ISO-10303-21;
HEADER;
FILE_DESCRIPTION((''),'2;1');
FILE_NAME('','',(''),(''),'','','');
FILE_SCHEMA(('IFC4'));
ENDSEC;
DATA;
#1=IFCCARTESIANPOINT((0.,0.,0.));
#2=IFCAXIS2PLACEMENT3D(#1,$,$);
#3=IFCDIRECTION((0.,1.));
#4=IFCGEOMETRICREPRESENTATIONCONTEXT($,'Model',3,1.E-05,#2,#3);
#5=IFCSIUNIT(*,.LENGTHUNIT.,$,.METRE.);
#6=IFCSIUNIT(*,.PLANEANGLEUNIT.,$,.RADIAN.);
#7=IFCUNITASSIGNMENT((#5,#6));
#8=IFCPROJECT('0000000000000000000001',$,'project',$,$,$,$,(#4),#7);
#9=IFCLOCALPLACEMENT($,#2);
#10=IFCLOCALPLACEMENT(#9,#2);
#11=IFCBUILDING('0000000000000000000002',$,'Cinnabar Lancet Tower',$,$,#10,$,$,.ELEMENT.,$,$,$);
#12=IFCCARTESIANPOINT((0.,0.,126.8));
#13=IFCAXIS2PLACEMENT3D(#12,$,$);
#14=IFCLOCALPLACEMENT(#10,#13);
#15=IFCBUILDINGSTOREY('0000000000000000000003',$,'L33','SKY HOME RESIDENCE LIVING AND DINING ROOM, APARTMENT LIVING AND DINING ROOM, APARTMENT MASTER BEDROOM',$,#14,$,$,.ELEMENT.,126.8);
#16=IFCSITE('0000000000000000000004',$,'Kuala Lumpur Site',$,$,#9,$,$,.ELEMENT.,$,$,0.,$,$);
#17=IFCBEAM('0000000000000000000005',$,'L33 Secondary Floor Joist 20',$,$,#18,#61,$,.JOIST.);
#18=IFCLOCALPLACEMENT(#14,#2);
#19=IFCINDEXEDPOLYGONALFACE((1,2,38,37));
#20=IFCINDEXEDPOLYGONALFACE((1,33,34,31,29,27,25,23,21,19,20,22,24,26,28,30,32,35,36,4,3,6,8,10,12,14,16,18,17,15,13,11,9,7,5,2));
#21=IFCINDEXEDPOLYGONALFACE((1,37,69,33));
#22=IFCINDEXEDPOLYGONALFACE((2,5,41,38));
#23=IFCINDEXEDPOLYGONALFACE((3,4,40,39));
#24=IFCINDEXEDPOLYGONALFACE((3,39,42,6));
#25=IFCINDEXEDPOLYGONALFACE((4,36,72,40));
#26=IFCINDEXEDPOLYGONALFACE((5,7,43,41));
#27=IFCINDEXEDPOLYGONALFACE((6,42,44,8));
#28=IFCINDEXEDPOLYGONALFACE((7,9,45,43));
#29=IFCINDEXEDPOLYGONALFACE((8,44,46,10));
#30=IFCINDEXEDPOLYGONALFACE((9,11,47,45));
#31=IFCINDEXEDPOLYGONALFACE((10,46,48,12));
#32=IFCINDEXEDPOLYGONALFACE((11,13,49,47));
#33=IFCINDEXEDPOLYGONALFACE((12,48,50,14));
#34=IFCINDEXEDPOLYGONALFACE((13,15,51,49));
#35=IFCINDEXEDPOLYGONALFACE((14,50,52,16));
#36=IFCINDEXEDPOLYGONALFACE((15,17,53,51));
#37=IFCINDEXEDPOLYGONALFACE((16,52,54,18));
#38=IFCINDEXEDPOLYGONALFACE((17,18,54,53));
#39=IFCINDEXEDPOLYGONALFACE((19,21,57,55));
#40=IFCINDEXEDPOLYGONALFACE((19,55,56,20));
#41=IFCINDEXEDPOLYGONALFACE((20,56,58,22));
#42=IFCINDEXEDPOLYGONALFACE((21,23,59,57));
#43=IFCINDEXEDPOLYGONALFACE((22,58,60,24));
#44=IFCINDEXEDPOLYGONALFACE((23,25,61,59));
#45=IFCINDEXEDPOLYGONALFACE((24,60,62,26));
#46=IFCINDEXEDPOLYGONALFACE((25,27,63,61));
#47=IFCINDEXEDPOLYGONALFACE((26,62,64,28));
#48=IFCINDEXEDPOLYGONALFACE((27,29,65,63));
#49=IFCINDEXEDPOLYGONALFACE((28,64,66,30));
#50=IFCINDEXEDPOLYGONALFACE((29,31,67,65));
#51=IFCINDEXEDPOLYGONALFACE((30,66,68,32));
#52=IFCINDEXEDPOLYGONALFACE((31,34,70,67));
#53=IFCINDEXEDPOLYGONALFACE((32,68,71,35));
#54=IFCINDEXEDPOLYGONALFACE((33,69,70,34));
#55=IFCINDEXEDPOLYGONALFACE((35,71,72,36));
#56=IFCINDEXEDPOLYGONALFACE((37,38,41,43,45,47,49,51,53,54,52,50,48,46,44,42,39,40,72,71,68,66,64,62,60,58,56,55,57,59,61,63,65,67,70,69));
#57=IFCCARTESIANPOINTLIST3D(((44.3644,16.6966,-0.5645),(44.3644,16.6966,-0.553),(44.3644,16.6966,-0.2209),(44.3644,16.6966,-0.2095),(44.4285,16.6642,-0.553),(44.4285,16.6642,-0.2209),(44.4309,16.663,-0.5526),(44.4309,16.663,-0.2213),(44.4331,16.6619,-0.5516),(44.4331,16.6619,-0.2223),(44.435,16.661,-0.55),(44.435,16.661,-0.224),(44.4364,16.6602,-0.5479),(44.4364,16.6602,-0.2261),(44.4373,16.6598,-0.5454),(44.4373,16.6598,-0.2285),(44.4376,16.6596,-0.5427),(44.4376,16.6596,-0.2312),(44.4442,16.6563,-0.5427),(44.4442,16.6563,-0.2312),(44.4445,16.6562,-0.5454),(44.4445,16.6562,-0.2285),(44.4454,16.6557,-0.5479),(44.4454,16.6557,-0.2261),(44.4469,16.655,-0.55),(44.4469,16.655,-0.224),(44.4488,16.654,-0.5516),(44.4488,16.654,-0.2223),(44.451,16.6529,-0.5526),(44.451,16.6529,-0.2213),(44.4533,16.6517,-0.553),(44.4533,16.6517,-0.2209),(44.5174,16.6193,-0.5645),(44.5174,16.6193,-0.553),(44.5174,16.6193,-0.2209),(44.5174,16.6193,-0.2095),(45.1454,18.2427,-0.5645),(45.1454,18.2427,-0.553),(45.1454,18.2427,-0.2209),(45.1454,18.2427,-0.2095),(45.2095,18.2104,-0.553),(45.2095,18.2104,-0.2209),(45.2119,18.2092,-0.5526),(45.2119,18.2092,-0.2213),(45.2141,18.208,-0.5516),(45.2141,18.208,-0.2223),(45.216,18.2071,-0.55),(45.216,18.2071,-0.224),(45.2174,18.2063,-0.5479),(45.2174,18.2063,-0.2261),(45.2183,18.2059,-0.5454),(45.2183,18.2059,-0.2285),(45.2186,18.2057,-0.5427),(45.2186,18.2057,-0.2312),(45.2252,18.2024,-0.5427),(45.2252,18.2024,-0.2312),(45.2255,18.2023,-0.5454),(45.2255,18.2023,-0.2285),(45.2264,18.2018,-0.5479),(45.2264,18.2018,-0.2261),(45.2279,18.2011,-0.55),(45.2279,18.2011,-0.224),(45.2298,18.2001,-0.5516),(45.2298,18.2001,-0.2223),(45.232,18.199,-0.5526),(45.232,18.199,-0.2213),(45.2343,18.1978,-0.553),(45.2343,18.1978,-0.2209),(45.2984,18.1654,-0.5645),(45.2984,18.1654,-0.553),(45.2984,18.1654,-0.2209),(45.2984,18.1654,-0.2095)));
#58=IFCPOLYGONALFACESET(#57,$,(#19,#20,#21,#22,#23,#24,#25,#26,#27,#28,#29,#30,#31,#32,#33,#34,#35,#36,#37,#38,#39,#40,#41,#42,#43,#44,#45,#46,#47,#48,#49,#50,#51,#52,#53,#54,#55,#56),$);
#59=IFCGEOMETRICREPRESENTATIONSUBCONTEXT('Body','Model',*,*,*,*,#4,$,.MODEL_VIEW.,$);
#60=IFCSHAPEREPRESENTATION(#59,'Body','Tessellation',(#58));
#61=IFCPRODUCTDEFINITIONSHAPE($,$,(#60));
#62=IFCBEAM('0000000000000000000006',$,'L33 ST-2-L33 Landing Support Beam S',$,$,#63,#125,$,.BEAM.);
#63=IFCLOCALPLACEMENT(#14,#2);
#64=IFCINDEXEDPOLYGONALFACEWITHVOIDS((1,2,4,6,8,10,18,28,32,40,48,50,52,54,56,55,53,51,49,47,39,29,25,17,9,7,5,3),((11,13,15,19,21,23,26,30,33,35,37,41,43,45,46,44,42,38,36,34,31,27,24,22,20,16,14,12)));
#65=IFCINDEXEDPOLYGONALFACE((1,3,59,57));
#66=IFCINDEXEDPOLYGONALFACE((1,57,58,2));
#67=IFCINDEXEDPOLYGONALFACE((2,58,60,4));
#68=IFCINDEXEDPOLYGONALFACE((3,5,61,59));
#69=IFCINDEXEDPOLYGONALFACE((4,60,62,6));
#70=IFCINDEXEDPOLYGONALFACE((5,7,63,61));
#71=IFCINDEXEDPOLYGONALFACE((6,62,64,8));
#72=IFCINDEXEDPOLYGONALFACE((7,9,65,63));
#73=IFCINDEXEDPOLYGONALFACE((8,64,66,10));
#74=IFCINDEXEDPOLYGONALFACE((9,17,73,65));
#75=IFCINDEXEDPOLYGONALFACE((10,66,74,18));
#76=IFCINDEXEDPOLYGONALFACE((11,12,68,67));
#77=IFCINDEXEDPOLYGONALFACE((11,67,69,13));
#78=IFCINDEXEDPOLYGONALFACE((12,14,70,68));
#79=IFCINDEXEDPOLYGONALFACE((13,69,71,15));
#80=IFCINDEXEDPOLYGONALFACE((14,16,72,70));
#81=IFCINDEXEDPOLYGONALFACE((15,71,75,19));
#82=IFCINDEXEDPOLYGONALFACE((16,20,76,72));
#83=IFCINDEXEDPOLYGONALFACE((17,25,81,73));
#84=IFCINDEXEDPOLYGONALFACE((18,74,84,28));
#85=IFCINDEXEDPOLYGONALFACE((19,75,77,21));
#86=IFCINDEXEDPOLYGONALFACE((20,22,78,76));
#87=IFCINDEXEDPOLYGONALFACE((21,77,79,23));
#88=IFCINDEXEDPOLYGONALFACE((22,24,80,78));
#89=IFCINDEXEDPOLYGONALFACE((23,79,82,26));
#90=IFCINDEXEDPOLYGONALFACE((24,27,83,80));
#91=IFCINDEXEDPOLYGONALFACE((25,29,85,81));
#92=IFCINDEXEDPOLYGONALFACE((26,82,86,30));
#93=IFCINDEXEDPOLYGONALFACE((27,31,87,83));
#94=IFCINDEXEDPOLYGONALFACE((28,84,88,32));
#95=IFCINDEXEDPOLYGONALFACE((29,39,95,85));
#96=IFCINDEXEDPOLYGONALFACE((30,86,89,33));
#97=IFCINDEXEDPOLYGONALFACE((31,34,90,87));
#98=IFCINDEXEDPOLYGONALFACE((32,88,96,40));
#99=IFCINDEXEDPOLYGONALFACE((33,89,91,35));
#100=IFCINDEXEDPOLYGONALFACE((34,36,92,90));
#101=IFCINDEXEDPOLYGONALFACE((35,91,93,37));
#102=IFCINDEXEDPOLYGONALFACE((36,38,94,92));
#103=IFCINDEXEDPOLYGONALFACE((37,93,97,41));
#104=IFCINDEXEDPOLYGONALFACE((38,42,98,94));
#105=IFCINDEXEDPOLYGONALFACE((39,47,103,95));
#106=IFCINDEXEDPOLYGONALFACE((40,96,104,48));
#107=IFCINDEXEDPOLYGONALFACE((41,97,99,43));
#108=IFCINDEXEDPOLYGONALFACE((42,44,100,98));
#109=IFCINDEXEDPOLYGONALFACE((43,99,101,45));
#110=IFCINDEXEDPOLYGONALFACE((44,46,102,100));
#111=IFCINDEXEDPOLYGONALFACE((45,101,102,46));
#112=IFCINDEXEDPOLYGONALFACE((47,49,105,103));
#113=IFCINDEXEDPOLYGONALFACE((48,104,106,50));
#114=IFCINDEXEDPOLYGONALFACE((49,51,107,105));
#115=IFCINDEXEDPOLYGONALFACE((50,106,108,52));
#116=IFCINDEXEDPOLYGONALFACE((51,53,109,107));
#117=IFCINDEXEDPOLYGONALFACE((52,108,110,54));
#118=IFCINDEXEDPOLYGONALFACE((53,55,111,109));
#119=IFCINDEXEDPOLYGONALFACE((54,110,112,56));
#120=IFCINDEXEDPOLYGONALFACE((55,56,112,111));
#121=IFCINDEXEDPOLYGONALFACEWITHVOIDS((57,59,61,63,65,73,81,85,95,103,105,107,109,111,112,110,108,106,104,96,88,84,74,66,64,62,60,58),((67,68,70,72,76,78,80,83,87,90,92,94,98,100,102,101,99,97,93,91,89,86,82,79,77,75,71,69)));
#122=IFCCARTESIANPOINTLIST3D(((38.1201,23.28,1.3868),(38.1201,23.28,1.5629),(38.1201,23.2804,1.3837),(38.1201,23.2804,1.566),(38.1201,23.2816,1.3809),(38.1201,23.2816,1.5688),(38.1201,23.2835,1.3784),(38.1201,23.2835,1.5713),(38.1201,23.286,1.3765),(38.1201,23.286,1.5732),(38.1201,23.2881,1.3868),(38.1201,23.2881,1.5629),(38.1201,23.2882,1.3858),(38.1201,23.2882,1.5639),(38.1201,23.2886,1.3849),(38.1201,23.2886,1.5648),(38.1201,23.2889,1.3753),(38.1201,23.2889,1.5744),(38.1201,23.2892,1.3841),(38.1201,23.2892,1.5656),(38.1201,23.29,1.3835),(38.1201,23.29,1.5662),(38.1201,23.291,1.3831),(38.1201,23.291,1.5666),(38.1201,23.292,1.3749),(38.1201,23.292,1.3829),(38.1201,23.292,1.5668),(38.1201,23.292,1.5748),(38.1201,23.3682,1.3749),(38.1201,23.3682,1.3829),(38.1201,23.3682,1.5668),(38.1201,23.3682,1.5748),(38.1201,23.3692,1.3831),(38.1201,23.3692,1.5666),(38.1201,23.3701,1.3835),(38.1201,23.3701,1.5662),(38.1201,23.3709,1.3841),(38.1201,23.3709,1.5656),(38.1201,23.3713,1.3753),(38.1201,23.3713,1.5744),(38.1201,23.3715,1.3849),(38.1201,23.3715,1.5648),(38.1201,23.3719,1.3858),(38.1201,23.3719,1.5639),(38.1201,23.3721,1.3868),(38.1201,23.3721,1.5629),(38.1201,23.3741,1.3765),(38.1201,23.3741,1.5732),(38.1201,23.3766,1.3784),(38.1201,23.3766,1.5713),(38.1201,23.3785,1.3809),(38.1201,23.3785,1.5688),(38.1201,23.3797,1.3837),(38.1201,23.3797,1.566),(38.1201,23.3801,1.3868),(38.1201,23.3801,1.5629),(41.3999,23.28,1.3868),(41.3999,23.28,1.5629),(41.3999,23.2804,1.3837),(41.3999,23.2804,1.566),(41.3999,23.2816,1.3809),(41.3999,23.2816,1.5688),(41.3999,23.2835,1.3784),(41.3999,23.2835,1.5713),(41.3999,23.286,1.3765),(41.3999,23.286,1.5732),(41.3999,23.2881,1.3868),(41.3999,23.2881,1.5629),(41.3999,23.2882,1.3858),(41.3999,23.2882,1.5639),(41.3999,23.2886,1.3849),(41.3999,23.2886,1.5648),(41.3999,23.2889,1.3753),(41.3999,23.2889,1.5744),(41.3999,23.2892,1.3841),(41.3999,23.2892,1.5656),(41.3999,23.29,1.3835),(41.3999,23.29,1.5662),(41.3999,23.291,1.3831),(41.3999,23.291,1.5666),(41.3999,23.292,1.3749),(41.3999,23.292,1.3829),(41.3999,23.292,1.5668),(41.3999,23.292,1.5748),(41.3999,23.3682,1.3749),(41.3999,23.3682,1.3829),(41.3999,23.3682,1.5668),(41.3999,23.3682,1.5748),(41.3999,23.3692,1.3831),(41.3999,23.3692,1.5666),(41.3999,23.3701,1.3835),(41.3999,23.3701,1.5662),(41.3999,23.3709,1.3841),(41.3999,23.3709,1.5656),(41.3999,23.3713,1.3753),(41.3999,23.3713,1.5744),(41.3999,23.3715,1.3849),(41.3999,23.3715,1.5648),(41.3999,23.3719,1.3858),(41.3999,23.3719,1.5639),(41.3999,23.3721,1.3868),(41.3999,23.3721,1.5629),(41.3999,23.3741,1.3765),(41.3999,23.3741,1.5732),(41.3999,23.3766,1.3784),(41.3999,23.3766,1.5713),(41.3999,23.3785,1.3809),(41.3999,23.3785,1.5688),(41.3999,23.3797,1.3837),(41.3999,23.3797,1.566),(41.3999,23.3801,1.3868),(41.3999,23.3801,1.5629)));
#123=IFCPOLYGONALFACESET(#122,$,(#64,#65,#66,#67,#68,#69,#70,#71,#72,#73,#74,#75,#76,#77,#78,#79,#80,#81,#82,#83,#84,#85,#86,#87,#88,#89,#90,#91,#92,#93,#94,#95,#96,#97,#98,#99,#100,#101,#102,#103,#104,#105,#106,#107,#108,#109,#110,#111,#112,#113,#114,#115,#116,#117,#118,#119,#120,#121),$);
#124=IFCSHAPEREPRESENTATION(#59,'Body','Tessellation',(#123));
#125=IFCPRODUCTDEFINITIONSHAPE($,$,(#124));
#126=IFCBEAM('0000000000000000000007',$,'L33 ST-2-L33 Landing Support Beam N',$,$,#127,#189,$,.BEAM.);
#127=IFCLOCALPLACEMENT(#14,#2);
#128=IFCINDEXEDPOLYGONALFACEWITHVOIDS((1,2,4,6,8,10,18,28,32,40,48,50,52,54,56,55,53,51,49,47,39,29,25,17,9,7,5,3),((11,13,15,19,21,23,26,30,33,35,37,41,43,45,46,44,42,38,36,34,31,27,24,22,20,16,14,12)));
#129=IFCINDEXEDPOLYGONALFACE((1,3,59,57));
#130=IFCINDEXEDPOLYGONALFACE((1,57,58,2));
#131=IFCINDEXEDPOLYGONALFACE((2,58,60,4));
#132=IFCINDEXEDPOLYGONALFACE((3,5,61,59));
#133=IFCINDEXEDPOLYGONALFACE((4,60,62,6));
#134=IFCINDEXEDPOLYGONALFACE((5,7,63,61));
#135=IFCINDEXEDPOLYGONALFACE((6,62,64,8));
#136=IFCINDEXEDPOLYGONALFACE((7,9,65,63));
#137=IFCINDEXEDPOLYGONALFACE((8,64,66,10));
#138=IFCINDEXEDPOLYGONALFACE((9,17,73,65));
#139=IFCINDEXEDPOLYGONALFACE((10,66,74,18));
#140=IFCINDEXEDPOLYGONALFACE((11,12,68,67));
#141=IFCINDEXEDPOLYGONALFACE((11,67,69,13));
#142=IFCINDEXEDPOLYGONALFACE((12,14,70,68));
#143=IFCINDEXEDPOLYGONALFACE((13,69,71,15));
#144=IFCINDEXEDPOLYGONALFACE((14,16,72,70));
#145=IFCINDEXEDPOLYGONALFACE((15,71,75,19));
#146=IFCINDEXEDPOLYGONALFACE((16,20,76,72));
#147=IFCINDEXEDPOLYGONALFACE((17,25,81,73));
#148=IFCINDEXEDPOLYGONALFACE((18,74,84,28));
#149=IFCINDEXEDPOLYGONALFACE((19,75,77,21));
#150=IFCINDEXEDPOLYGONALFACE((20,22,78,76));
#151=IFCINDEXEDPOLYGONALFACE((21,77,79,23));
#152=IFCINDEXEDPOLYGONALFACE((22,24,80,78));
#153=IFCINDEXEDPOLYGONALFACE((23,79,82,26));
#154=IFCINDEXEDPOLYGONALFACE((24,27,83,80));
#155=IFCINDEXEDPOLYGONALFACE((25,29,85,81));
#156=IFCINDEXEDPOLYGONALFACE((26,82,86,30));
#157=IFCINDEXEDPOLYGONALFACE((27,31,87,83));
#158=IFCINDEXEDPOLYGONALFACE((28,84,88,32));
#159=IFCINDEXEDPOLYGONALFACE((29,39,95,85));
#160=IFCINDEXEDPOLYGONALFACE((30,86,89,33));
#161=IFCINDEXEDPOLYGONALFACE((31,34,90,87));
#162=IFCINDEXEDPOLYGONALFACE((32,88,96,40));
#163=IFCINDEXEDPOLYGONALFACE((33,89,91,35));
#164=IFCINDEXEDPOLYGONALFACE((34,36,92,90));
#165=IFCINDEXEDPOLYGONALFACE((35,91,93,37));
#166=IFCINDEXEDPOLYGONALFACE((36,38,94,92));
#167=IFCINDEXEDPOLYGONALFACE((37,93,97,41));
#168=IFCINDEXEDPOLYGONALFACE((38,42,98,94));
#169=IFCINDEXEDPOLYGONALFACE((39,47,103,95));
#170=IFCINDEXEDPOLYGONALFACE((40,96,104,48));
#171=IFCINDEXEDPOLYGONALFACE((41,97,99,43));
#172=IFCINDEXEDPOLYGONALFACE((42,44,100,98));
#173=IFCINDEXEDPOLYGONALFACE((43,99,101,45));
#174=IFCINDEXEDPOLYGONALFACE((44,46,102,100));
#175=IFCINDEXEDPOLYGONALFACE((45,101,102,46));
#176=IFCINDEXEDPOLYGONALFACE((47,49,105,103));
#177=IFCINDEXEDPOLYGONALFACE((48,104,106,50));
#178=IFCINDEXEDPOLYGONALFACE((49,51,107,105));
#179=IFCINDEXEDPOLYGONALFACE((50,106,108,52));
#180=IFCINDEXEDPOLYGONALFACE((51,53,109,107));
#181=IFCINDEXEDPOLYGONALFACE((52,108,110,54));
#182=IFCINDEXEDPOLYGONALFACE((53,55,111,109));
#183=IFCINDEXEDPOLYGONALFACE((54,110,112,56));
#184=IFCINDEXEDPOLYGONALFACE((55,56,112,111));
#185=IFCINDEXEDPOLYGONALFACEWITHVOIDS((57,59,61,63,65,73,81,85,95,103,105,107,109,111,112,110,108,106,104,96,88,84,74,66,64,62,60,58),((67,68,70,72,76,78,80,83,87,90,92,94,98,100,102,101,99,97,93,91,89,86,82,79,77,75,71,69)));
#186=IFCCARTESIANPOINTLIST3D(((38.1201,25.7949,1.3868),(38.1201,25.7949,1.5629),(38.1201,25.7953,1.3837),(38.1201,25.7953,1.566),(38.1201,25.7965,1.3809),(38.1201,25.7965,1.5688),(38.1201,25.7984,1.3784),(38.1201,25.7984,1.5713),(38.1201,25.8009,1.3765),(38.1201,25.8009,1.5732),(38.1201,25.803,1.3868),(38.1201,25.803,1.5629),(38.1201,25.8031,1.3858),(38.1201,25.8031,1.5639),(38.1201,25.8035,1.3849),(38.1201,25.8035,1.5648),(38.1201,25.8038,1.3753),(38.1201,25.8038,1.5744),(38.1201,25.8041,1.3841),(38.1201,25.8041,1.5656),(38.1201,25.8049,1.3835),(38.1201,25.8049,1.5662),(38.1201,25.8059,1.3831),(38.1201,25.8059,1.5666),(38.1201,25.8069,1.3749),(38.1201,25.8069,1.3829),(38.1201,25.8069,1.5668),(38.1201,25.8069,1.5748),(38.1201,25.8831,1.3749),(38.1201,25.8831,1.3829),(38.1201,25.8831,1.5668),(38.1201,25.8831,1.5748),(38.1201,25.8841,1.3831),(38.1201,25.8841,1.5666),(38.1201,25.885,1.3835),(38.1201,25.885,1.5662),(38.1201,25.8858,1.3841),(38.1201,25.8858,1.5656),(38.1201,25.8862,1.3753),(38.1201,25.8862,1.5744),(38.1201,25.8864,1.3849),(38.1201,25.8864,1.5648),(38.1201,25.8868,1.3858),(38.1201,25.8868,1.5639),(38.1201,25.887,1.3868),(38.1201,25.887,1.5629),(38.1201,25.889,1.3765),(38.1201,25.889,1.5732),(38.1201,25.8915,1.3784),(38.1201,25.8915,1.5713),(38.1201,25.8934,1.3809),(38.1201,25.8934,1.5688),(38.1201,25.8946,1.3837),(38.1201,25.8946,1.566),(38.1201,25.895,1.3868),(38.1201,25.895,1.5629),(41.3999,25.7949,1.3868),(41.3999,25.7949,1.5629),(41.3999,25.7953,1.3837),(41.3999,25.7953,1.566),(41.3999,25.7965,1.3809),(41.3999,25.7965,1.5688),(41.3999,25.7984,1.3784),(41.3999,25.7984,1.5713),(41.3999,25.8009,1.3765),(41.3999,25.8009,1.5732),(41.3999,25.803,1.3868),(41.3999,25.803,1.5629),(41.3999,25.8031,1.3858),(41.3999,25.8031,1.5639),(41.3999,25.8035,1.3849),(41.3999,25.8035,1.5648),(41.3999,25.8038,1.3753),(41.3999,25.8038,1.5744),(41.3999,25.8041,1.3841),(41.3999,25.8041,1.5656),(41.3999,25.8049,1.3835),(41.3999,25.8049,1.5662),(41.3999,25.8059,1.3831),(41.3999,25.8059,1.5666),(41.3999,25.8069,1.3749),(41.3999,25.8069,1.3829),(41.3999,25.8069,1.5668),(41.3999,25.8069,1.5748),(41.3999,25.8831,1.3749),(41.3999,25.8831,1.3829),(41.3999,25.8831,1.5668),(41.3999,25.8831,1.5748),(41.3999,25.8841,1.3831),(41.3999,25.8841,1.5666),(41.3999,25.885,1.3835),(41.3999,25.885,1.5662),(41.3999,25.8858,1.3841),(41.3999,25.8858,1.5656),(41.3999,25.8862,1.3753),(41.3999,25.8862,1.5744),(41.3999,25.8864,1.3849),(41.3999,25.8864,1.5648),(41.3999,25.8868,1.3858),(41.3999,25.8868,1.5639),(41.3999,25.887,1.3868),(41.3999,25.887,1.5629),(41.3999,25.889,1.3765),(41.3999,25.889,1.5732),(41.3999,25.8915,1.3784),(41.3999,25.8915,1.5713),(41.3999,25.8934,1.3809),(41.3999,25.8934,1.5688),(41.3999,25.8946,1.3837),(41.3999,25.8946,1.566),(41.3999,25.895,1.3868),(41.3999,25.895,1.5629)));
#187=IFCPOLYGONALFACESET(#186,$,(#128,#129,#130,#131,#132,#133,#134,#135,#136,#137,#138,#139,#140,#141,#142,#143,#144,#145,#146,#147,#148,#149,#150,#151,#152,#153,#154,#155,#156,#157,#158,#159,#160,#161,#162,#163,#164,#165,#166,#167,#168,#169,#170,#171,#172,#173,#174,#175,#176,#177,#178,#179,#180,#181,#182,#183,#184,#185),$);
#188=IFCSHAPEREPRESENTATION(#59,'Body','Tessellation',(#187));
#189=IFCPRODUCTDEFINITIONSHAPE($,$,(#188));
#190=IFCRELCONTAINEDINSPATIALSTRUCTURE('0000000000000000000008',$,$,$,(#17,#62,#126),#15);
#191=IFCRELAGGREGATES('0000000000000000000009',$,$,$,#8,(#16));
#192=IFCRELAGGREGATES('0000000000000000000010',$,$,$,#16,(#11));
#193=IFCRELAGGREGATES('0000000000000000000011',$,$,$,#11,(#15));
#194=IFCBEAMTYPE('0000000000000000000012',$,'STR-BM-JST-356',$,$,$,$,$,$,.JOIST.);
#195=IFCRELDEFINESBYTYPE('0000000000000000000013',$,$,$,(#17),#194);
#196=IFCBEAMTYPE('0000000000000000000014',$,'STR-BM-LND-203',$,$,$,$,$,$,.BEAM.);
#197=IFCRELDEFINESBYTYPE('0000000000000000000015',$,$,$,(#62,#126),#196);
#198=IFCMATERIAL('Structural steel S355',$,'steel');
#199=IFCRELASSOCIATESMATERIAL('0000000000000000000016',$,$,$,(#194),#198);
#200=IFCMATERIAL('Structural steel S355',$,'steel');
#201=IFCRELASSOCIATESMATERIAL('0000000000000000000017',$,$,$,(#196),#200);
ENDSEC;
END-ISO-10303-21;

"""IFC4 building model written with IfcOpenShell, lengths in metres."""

from ifc_helpers import new_model, si_unit, direction, frame, origin, origin_2d, place, context, subcontext, project, spatial, hollow_rectangle, i_section, extrude, material, material_profile, profile_set, type_object, element, save


model = new_model("IFC4")

# Units and contexts
model_context = context("Model", 3, precision=1e-05, world=origin(), true_north=direction((0.0, 1.0)))
body_context = subcontext(model_context, "Body", "Model", "MODEL_VIEW")
ifc_project = project(units=[si_unit("LENGTHUNIT", "METRE"), si_unit("PLANEANGLEUNIT", "RADIAN")], contexts=[model_context])

# Site, building, storey
site_placement = place(None, origin())
site = spatial("IfcSite", under=ifc_project, at=site_placement, Name="Kuala Lumpur Site", CompositionType="ELEMENT", RefElevation=0.0)
building_placement = place(site_placement, origin())
building = spatial("IfcBuilding", under=site, at=building_placement, Name="Cinnabar Lancet Tower", CompositionType="ELEMENT")
storey_placement = place(building_placement, frame((0.0, 0.0, 126.8)))
storey = spatial("IfcBuildingStorey", under=building, at=storey_placement, Name="L33", Description="SKY HOME RESIDENCE LIVING AND DINING ROOM, APARTMENT LIVING AND DINING ROOM, APARTMENT MASTER BEDROOM", CompositionType="ELEMENT", Elevation=126.8)

# Beams
ifc_material_1 = material(Name="Structural steel S355", Category="steel")
ifc_material_profile_1 = material_profile(ifc_material_1, i_section(OverallWidth=0.1714, OverallDepth=0.355, WebThickness=0.0073, FlangeThickness=0.0115, FilletRadius=0.0103, at=origin_2d()), Name="UKB 356x171x51")
ifc_profile_set_1 = profile_set([ifc_material_profile_1], Name="Structural steel S355")
beam_type_1 = type_object("IfcBeamType", Name="STR-BM-JST-356", PredefinedType="JOIST", material=ifc_profile_set_1)
beam_1_placement = place(storey_placement, frame((44.4409, 16.658, -0.387), z_axis=(0.450874, 0.892587, 0.0), x_axis=(-0.892587, 0.450874, 0.0)))
element("IfcBeam", 1, at=beam_1_placement, inside=storey, type_object=beam_type_1, Name="L33 Secondary Floor Joist 20", PredefinedType="JOIST", context=body_context, shape_type="SweptSolid", body=[
    extrude(i_section(OverallWidth=0.1714, OverallDepth=0.355, WebThickness=0.0073, FlangeThickness=0.0115, FilletRadius=0.0103, at=origin_2d()), origin(), (0.0, 0.0, 1.0), 1.7322),
])
ifc_material_2 = material(Name="Structural steel S355", Category="steel")
ifc_material_profile_2 = material_profile(ifc_material_2, hollow_rectangle(XDim=0.1001, YDim=0.2, WallThickness=0.0081, InnerFilletRadius=0.0039, OuterFilletRadius=0.012, at=origin_2d()), Name="RHS 200x100x8")
ifc_profile_set_2 = profile_set([ifc_material_profile_2], Name="Structural steel S355")
beam_type_2 = type_object("IfcBeamType", Name="STR-BM-LND-203", PredefinedType="BEAM", material=ifc_profile_set_2)
for number, where, z_axis, x_axis, name in (
    (2, (38.1201, 23.3301, 1.4749), (1.0, 0.0, 0.0), (0.0, 1.0, 0.0), "L33 ST-2-L33 Landing Support Beam S"),
    (3, (38.1201, 25.845, 1.4749), (1.0, 0.0, 0.0), (0.0, 1.0, 0.0), "L33 ST-2-L33 Landing Support Beam N"),
):
    element("IfcBeam", number, at=place(storey_placement, frame(where, z_axis=z_axis, x_axis=x_axis)), inside=storey, type_object=beam_type_2, Name=name, PredefinedType="BEAM", context=body_context, shape_type="SweptSolid", body=[
        extrude(hollow_rectangle(XDim=0.1001, YDim=0.2, WallThickness=0.0081, InnerFilletRadius=0.0039, OuterFilletRadius=0.012, at=origin_2d()), origin(), (0.0, 0.0, 1.0), 3.2798),
    ])

save(model, "model.ifc")
